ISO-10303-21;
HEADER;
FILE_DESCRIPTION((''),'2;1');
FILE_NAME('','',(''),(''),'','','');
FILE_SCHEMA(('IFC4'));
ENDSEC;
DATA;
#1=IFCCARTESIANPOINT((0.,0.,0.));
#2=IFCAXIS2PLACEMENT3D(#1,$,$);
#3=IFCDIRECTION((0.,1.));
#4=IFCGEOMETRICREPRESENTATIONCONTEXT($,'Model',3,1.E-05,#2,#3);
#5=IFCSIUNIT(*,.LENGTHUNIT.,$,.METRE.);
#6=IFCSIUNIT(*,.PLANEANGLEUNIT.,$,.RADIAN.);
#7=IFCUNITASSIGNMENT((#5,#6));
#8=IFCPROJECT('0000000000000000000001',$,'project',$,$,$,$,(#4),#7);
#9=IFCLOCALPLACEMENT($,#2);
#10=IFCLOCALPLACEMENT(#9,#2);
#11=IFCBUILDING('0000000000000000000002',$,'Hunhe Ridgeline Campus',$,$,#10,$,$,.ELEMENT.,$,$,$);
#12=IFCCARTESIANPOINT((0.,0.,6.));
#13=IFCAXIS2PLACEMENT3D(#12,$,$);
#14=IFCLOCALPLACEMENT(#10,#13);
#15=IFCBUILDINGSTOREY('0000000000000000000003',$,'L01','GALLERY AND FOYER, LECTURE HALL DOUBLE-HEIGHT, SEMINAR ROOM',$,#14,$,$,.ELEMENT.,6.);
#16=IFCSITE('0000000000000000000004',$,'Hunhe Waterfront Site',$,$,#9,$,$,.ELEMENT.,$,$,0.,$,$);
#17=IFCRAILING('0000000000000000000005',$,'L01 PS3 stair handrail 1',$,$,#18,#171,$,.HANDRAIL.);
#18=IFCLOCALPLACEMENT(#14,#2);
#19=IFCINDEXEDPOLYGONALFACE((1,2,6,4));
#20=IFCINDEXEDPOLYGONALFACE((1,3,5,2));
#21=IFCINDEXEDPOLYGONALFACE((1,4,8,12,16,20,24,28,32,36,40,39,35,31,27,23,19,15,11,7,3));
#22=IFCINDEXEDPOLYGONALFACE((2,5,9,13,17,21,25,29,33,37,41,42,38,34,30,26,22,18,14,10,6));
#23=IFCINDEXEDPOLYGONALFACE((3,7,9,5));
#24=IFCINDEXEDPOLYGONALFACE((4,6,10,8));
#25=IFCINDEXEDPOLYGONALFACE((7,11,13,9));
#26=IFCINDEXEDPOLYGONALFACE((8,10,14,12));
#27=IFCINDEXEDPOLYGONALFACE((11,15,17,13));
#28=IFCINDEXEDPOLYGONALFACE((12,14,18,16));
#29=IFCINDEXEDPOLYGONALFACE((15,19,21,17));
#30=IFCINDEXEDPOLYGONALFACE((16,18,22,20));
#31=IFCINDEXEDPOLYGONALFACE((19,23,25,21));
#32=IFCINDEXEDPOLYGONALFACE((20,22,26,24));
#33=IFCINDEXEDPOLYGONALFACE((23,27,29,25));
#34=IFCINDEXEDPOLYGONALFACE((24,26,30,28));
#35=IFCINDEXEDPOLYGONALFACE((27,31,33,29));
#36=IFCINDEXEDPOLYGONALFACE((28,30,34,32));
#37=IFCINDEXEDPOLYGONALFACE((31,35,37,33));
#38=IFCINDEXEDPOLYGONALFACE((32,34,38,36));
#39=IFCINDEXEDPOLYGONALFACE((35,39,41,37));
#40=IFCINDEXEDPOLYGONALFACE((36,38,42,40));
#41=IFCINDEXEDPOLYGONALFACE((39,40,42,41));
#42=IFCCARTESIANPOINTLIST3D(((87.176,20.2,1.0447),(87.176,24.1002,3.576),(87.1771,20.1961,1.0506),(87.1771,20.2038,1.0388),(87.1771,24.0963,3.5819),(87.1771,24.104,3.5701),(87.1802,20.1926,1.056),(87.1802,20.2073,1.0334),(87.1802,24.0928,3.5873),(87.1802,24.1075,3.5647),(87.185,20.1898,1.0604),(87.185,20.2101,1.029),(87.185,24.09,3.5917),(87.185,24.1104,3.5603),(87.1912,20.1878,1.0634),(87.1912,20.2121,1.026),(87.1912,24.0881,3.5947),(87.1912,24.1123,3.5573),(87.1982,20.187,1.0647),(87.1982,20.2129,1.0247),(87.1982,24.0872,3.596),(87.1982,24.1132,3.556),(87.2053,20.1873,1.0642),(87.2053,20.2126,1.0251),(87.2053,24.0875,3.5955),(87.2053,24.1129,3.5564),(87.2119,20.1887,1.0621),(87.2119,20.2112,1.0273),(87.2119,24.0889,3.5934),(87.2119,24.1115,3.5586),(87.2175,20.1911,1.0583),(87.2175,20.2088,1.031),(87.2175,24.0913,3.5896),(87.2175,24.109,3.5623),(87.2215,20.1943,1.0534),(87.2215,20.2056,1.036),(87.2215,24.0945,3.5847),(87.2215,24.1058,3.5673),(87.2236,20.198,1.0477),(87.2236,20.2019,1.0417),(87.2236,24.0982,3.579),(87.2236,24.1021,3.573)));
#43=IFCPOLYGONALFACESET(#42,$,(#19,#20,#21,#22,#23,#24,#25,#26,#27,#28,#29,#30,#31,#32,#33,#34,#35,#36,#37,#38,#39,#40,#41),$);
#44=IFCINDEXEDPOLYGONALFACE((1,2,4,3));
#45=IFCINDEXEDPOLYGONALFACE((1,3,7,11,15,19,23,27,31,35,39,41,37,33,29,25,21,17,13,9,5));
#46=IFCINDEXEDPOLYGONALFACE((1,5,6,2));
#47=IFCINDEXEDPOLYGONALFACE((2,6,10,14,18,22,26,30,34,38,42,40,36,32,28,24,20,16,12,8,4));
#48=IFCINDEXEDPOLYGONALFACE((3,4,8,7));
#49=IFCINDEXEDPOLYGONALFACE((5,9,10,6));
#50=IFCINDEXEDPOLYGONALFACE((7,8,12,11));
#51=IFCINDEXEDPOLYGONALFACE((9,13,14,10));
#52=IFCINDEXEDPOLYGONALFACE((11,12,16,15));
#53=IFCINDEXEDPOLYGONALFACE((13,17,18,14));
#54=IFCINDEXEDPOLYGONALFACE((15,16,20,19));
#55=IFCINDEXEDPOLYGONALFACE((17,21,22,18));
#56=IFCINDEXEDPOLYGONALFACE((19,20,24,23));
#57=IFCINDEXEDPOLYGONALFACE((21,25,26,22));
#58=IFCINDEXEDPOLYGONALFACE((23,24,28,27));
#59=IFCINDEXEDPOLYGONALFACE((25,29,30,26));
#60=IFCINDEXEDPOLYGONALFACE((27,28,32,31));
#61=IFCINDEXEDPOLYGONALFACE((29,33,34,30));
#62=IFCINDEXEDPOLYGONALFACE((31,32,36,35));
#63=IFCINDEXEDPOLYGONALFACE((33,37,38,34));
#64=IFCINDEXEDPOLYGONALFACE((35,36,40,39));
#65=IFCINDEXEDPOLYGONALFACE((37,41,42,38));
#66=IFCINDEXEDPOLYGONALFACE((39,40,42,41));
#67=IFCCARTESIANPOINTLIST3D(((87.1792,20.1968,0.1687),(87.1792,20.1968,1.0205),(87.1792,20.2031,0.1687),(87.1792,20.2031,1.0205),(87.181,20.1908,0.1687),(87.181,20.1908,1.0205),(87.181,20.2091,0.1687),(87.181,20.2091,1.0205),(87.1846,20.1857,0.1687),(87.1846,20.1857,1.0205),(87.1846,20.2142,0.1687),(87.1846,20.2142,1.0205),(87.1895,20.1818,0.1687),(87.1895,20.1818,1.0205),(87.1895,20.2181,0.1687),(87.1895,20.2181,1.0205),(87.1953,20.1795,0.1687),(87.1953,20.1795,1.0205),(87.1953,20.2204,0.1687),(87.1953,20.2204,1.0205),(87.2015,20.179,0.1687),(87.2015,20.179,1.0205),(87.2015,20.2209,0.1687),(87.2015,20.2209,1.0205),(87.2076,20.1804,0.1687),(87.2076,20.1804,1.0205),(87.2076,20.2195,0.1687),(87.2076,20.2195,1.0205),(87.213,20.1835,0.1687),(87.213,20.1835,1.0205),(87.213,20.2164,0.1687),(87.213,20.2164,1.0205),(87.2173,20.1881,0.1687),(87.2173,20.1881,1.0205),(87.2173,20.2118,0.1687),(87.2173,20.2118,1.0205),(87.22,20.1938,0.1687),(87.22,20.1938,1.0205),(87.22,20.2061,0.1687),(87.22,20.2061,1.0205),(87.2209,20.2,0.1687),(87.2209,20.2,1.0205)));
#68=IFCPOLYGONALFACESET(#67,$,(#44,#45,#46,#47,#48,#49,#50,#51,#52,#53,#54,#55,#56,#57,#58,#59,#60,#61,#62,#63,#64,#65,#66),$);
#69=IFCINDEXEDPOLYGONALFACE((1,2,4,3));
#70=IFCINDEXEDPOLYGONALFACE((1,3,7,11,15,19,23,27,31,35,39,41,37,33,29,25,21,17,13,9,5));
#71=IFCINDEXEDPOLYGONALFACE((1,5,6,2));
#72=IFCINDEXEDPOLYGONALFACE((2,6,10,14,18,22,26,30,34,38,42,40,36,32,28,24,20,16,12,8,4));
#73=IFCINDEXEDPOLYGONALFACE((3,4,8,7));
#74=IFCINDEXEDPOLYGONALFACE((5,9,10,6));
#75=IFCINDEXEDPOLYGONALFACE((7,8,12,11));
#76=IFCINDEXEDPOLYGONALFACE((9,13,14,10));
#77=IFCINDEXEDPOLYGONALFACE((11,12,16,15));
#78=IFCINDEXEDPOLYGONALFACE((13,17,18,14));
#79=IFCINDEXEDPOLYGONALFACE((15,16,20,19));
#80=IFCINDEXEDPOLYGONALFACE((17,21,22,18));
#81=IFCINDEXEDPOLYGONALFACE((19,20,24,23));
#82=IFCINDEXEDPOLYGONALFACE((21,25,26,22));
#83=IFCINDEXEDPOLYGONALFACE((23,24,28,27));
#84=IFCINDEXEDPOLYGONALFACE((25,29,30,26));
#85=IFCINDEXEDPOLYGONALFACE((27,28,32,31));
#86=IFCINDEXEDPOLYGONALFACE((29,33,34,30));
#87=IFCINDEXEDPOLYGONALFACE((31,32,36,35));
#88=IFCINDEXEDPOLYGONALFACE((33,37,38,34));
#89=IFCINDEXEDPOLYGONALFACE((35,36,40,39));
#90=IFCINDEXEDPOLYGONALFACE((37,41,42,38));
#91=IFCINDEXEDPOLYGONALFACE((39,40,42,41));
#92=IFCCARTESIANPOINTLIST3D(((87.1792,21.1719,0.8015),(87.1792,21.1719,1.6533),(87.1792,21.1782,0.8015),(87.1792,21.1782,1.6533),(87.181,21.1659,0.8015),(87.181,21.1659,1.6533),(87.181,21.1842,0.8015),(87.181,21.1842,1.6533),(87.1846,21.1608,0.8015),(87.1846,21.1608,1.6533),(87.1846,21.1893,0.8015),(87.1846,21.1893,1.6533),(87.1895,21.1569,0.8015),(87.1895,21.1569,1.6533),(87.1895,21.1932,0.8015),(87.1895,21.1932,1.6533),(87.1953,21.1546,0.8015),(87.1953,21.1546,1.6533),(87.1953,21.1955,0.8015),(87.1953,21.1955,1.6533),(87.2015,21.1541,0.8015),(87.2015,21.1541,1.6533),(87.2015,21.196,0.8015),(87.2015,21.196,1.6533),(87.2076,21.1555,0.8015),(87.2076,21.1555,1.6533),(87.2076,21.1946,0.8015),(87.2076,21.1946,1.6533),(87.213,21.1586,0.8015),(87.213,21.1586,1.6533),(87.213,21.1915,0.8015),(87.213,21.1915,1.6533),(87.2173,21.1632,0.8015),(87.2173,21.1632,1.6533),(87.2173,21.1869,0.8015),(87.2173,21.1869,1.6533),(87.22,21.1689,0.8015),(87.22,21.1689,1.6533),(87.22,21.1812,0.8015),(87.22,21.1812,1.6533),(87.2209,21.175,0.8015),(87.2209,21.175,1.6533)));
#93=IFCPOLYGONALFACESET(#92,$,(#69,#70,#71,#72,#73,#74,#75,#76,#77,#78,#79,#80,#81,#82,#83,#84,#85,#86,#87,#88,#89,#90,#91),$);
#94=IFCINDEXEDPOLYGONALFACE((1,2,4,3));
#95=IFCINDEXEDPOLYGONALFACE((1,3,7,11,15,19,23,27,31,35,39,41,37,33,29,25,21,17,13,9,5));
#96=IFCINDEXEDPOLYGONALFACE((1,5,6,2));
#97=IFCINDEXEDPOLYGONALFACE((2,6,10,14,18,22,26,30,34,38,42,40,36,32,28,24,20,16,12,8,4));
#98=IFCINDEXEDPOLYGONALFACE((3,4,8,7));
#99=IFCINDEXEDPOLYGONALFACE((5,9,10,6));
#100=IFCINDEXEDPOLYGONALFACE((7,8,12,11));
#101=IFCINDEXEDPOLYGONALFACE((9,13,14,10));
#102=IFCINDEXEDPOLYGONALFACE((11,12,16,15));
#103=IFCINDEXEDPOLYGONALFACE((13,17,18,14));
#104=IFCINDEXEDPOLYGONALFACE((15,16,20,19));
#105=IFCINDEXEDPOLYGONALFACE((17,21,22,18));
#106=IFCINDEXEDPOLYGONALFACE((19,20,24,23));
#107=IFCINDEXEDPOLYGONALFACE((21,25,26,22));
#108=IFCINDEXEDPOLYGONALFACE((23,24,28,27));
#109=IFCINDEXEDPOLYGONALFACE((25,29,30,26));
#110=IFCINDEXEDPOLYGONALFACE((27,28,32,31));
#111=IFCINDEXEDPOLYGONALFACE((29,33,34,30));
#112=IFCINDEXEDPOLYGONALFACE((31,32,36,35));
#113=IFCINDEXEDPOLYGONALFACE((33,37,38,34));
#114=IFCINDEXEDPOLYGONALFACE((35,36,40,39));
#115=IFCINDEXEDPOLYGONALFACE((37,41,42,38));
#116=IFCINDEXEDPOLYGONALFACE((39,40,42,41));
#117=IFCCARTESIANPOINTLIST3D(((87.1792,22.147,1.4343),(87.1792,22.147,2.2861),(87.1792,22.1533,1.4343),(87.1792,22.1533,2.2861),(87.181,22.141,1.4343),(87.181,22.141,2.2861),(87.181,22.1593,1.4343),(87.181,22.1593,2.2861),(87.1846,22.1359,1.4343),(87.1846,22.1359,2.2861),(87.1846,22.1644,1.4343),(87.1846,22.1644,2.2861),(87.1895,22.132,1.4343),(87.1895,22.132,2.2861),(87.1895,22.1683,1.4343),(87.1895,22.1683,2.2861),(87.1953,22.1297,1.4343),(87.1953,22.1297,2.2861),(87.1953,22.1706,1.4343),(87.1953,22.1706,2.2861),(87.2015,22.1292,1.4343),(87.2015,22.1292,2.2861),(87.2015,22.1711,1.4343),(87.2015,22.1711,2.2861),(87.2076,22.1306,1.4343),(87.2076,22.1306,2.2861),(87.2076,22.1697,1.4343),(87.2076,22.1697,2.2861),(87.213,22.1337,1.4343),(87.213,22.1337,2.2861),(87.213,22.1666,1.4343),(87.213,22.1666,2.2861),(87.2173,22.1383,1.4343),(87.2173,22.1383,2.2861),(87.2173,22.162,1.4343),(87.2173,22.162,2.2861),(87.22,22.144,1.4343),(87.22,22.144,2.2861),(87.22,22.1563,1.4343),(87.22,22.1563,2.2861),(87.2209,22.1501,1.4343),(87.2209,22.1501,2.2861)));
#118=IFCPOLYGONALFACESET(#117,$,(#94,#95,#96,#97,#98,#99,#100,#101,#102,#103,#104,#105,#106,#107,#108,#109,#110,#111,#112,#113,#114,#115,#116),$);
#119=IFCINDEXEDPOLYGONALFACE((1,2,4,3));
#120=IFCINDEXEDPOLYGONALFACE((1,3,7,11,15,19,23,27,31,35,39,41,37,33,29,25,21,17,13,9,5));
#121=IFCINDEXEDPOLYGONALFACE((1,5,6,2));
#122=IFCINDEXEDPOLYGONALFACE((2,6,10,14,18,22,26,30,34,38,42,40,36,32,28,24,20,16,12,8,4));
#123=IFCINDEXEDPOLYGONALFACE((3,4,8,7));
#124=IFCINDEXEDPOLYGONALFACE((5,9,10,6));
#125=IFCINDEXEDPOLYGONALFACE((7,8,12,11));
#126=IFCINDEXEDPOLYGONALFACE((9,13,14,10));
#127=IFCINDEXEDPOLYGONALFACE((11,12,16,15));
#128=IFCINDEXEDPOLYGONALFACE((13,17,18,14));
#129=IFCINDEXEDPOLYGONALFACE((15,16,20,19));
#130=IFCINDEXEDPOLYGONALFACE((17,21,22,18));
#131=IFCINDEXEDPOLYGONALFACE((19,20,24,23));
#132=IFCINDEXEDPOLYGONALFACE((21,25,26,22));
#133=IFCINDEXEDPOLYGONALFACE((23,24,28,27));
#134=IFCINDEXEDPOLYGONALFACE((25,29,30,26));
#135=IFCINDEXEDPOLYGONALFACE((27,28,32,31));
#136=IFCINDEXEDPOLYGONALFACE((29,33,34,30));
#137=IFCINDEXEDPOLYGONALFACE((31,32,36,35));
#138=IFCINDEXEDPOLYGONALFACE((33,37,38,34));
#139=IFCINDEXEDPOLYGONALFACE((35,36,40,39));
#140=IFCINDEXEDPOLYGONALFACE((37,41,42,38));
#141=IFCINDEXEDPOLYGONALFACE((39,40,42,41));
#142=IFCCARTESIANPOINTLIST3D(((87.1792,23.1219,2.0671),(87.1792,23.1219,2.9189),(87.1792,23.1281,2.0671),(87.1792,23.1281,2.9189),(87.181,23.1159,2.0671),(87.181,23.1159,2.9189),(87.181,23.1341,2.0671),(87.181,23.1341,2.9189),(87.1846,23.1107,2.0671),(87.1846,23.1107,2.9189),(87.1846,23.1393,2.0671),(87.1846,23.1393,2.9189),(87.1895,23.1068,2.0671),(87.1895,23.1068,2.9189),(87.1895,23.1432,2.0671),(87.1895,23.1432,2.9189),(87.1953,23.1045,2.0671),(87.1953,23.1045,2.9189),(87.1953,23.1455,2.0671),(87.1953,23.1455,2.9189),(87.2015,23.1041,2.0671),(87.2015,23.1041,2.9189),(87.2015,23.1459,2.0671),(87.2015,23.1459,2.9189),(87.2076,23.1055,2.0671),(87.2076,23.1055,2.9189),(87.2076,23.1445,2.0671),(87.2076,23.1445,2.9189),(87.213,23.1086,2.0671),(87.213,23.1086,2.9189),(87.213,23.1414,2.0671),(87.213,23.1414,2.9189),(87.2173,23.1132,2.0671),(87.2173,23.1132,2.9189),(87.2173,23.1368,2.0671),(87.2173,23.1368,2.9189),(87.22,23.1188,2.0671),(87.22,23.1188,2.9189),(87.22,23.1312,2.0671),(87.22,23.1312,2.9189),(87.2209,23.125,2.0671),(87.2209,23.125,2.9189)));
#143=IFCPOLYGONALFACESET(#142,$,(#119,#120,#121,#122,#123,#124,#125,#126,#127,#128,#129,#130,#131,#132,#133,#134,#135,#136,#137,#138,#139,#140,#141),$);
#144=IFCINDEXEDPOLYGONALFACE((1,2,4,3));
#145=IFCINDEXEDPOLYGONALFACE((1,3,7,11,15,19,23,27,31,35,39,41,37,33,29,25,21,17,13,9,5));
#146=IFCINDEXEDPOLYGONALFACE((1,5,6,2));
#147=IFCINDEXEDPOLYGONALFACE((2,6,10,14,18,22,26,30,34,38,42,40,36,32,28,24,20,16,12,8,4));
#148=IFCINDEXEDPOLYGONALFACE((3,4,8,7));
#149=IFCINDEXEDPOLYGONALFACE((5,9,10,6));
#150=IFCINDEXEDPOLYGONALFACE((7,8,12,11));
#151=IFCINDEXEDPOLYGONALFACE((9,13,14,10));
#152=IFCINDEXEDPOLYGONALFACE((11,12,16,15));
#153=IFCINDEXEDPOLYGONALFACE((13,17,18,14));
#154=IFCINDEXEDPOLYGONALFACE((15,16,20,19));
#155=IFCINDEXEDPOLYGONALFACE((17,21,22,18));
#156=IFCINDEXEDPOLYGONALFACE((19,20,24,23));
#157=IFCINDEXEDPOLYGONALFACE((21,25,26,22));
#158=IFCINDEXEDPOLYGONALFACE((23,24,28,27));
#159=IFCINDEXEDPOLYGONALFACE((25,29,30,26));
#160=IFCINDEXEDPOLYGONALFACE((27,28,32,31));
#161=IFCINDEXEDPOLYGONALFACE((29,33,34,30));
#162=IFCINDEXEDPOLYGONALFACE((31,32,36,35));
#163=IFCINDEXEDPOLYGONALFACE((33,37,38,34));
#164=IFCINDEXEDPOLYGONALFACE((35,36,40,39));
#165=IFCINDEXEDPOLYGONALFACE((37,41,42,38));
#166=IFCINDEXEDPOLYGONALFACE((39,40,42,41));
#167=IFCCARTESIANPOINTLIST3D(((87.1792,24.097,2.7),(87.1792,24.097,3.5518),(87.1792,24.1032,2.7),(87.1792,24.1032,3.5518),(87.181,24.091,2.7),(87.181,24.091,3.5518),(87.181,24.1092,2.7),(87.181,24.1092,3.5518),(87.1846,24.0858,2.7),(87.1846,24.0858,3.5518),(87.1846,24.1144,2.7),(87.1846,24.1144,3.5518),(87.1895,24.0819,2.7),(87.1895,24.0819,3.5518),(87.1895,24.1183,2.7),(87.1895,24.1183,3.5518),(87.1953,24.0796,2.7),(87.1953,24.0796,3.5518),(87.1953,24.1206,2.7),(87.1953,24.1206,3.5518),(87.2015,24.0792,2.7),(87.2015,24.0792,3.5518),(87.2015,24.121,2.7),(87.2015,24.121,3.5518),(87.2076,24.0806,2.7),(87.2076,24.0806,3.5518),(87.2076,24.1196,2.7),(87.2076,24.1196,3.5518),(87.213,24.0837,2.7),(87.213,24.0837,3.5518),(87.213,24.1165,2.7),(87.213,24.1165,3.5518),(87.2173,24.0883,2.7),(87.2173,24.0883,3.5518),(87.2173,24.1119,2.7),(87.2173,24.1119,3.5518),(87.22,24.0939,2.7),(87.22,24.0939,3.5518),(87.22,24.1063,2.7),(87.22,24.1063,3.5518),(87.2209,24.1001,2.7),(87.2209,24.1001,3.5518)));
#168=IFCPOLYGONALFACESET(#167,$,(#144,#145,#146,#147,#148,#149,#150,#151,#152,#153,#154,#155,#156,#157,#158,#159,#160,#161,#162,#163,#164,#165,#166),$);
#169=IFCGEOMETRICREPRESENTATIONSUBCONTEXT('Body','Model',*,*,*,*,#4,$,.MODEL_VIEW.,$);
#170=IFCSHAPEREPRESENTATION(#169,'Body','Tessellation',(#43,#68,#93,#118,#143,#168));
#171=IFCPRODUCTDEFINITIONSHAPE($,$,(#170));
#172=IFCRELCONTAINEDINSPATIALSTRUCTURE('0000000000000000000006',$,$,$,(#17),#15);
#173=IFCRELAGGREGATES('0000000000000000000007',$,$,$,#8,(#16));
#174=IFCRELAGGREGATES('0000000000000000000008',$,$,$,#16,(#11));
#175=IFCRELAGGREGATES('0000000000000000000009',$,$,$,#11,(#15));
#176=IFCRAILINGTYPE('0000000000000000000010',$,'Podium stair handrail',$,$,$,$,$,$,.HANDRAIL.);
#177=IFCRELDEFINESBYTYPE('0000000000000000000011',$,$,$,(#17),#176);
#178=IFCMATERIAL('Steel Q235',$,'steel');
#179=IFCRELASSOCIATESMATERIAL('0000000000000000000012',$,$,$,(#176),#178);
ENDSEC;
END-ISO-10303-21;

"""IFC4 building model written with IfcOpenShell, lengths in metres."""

from ifc_helpers import new_model, si_unit, direction, frame, origin, origin_2d, place, context, subcontext, project, spatial, circle, extrude, material, type_object, element, save


model = new_model("IFC4")

# Units and contexts
model_context = context("Model", 3, precision=1e-05, world=origin(), true_north=direction((0.0, 1.0)))
body_context = subcontext(model_context, "Body", "Model", "MODEL_VIEW")
ifc_project = project(units=[si_unit("LENGTHUNIT", "METRE"), si_unit("PLANEANGLEUNIT", "RADIAN")], contexts=[model_context])

# Site, building, storey
site_placement = place(None, origin())
site = spatial("IfcSite", under=ifc_project, at=site_placement, Name="Hunhe Waterfront Site", CompositionType="ELEMENT", RefElevation=0.0)
building_placement = place(site_placement, origin())
building = spatial("IfcBuilding", under=site, at=building_placement, Name="Hunhe Ridgeline Campus", CompositionType="ELEMENT")
storey_placement = place(building_placement, frame((0.0, 0.0, 6.0)))
storey = spatial("IfcBuildingStorey", under=building, at=storey_placement, Name="L01", Description="GALLERY AND FOYER, LECTURE HALL DOUBLE-HEIGHT, SEMINAR ROOM", CompositionType="ELEMENT", Elevation=6.0)

# Shared definitions
ifc_material_1 = material(Name="Steel Q235", Category="steel")

# Railing
railing_type_1 = type_object("IfcRailingType", Name="Podium stair handrail", PredefinedType="HANDRAIL", material=ifc_material_1)
railing_1_placement = place(storey_placement, frame((87.2, 20.2, 0.1687)))
element("IfcRailing", 1, at=railing_1_placement, inside=storey, type_object=railing_type_1, Name="L01 PS3 stair handrail 1", PredefinedType="HANDRAIL", context=body_context, shape_type="SweptSolid", body=[
    extrude(circle(Radius=0.0239, at=origin_2d()), frame((0.0, 0.0, 0.876), z_axis=(0.0, 0.838821, 0.544407), x_axis=(-1.0, 0.0, 0.0)), (0.0, 0.0, 1.0), 4.6497),
    extrude(circle(Radius=0.021, at=origin_2d()), origin(), (0.0, 0.0, 1.0), 0.8518),
    extrude(circle(Radius=0.021, at=origin_2d()), frame((0.0, 0.9751, 0.6328)), (0.0, 0.0, 1.0), 0.8518),
    extrude(circle(Radius=0.021, at=origin_2d()), frame((0.0, 1.9502, 1.2656)), (0.0, 0.0, 1.0), 0.8518),
    extrude(circle(Radius=0.021, at=origin_2d()), frame((0.0, 2.925, 1.8984)), (0.0, 0.0, 1.0), 0.8518),
    extrude(circle(Radius=0.021, at=origin_2d()), frame((0.0, 3.9001, 2.5312)), (0.0, 0.0, 1.0), 0.8518),
])

save(model, "model.ifc")
